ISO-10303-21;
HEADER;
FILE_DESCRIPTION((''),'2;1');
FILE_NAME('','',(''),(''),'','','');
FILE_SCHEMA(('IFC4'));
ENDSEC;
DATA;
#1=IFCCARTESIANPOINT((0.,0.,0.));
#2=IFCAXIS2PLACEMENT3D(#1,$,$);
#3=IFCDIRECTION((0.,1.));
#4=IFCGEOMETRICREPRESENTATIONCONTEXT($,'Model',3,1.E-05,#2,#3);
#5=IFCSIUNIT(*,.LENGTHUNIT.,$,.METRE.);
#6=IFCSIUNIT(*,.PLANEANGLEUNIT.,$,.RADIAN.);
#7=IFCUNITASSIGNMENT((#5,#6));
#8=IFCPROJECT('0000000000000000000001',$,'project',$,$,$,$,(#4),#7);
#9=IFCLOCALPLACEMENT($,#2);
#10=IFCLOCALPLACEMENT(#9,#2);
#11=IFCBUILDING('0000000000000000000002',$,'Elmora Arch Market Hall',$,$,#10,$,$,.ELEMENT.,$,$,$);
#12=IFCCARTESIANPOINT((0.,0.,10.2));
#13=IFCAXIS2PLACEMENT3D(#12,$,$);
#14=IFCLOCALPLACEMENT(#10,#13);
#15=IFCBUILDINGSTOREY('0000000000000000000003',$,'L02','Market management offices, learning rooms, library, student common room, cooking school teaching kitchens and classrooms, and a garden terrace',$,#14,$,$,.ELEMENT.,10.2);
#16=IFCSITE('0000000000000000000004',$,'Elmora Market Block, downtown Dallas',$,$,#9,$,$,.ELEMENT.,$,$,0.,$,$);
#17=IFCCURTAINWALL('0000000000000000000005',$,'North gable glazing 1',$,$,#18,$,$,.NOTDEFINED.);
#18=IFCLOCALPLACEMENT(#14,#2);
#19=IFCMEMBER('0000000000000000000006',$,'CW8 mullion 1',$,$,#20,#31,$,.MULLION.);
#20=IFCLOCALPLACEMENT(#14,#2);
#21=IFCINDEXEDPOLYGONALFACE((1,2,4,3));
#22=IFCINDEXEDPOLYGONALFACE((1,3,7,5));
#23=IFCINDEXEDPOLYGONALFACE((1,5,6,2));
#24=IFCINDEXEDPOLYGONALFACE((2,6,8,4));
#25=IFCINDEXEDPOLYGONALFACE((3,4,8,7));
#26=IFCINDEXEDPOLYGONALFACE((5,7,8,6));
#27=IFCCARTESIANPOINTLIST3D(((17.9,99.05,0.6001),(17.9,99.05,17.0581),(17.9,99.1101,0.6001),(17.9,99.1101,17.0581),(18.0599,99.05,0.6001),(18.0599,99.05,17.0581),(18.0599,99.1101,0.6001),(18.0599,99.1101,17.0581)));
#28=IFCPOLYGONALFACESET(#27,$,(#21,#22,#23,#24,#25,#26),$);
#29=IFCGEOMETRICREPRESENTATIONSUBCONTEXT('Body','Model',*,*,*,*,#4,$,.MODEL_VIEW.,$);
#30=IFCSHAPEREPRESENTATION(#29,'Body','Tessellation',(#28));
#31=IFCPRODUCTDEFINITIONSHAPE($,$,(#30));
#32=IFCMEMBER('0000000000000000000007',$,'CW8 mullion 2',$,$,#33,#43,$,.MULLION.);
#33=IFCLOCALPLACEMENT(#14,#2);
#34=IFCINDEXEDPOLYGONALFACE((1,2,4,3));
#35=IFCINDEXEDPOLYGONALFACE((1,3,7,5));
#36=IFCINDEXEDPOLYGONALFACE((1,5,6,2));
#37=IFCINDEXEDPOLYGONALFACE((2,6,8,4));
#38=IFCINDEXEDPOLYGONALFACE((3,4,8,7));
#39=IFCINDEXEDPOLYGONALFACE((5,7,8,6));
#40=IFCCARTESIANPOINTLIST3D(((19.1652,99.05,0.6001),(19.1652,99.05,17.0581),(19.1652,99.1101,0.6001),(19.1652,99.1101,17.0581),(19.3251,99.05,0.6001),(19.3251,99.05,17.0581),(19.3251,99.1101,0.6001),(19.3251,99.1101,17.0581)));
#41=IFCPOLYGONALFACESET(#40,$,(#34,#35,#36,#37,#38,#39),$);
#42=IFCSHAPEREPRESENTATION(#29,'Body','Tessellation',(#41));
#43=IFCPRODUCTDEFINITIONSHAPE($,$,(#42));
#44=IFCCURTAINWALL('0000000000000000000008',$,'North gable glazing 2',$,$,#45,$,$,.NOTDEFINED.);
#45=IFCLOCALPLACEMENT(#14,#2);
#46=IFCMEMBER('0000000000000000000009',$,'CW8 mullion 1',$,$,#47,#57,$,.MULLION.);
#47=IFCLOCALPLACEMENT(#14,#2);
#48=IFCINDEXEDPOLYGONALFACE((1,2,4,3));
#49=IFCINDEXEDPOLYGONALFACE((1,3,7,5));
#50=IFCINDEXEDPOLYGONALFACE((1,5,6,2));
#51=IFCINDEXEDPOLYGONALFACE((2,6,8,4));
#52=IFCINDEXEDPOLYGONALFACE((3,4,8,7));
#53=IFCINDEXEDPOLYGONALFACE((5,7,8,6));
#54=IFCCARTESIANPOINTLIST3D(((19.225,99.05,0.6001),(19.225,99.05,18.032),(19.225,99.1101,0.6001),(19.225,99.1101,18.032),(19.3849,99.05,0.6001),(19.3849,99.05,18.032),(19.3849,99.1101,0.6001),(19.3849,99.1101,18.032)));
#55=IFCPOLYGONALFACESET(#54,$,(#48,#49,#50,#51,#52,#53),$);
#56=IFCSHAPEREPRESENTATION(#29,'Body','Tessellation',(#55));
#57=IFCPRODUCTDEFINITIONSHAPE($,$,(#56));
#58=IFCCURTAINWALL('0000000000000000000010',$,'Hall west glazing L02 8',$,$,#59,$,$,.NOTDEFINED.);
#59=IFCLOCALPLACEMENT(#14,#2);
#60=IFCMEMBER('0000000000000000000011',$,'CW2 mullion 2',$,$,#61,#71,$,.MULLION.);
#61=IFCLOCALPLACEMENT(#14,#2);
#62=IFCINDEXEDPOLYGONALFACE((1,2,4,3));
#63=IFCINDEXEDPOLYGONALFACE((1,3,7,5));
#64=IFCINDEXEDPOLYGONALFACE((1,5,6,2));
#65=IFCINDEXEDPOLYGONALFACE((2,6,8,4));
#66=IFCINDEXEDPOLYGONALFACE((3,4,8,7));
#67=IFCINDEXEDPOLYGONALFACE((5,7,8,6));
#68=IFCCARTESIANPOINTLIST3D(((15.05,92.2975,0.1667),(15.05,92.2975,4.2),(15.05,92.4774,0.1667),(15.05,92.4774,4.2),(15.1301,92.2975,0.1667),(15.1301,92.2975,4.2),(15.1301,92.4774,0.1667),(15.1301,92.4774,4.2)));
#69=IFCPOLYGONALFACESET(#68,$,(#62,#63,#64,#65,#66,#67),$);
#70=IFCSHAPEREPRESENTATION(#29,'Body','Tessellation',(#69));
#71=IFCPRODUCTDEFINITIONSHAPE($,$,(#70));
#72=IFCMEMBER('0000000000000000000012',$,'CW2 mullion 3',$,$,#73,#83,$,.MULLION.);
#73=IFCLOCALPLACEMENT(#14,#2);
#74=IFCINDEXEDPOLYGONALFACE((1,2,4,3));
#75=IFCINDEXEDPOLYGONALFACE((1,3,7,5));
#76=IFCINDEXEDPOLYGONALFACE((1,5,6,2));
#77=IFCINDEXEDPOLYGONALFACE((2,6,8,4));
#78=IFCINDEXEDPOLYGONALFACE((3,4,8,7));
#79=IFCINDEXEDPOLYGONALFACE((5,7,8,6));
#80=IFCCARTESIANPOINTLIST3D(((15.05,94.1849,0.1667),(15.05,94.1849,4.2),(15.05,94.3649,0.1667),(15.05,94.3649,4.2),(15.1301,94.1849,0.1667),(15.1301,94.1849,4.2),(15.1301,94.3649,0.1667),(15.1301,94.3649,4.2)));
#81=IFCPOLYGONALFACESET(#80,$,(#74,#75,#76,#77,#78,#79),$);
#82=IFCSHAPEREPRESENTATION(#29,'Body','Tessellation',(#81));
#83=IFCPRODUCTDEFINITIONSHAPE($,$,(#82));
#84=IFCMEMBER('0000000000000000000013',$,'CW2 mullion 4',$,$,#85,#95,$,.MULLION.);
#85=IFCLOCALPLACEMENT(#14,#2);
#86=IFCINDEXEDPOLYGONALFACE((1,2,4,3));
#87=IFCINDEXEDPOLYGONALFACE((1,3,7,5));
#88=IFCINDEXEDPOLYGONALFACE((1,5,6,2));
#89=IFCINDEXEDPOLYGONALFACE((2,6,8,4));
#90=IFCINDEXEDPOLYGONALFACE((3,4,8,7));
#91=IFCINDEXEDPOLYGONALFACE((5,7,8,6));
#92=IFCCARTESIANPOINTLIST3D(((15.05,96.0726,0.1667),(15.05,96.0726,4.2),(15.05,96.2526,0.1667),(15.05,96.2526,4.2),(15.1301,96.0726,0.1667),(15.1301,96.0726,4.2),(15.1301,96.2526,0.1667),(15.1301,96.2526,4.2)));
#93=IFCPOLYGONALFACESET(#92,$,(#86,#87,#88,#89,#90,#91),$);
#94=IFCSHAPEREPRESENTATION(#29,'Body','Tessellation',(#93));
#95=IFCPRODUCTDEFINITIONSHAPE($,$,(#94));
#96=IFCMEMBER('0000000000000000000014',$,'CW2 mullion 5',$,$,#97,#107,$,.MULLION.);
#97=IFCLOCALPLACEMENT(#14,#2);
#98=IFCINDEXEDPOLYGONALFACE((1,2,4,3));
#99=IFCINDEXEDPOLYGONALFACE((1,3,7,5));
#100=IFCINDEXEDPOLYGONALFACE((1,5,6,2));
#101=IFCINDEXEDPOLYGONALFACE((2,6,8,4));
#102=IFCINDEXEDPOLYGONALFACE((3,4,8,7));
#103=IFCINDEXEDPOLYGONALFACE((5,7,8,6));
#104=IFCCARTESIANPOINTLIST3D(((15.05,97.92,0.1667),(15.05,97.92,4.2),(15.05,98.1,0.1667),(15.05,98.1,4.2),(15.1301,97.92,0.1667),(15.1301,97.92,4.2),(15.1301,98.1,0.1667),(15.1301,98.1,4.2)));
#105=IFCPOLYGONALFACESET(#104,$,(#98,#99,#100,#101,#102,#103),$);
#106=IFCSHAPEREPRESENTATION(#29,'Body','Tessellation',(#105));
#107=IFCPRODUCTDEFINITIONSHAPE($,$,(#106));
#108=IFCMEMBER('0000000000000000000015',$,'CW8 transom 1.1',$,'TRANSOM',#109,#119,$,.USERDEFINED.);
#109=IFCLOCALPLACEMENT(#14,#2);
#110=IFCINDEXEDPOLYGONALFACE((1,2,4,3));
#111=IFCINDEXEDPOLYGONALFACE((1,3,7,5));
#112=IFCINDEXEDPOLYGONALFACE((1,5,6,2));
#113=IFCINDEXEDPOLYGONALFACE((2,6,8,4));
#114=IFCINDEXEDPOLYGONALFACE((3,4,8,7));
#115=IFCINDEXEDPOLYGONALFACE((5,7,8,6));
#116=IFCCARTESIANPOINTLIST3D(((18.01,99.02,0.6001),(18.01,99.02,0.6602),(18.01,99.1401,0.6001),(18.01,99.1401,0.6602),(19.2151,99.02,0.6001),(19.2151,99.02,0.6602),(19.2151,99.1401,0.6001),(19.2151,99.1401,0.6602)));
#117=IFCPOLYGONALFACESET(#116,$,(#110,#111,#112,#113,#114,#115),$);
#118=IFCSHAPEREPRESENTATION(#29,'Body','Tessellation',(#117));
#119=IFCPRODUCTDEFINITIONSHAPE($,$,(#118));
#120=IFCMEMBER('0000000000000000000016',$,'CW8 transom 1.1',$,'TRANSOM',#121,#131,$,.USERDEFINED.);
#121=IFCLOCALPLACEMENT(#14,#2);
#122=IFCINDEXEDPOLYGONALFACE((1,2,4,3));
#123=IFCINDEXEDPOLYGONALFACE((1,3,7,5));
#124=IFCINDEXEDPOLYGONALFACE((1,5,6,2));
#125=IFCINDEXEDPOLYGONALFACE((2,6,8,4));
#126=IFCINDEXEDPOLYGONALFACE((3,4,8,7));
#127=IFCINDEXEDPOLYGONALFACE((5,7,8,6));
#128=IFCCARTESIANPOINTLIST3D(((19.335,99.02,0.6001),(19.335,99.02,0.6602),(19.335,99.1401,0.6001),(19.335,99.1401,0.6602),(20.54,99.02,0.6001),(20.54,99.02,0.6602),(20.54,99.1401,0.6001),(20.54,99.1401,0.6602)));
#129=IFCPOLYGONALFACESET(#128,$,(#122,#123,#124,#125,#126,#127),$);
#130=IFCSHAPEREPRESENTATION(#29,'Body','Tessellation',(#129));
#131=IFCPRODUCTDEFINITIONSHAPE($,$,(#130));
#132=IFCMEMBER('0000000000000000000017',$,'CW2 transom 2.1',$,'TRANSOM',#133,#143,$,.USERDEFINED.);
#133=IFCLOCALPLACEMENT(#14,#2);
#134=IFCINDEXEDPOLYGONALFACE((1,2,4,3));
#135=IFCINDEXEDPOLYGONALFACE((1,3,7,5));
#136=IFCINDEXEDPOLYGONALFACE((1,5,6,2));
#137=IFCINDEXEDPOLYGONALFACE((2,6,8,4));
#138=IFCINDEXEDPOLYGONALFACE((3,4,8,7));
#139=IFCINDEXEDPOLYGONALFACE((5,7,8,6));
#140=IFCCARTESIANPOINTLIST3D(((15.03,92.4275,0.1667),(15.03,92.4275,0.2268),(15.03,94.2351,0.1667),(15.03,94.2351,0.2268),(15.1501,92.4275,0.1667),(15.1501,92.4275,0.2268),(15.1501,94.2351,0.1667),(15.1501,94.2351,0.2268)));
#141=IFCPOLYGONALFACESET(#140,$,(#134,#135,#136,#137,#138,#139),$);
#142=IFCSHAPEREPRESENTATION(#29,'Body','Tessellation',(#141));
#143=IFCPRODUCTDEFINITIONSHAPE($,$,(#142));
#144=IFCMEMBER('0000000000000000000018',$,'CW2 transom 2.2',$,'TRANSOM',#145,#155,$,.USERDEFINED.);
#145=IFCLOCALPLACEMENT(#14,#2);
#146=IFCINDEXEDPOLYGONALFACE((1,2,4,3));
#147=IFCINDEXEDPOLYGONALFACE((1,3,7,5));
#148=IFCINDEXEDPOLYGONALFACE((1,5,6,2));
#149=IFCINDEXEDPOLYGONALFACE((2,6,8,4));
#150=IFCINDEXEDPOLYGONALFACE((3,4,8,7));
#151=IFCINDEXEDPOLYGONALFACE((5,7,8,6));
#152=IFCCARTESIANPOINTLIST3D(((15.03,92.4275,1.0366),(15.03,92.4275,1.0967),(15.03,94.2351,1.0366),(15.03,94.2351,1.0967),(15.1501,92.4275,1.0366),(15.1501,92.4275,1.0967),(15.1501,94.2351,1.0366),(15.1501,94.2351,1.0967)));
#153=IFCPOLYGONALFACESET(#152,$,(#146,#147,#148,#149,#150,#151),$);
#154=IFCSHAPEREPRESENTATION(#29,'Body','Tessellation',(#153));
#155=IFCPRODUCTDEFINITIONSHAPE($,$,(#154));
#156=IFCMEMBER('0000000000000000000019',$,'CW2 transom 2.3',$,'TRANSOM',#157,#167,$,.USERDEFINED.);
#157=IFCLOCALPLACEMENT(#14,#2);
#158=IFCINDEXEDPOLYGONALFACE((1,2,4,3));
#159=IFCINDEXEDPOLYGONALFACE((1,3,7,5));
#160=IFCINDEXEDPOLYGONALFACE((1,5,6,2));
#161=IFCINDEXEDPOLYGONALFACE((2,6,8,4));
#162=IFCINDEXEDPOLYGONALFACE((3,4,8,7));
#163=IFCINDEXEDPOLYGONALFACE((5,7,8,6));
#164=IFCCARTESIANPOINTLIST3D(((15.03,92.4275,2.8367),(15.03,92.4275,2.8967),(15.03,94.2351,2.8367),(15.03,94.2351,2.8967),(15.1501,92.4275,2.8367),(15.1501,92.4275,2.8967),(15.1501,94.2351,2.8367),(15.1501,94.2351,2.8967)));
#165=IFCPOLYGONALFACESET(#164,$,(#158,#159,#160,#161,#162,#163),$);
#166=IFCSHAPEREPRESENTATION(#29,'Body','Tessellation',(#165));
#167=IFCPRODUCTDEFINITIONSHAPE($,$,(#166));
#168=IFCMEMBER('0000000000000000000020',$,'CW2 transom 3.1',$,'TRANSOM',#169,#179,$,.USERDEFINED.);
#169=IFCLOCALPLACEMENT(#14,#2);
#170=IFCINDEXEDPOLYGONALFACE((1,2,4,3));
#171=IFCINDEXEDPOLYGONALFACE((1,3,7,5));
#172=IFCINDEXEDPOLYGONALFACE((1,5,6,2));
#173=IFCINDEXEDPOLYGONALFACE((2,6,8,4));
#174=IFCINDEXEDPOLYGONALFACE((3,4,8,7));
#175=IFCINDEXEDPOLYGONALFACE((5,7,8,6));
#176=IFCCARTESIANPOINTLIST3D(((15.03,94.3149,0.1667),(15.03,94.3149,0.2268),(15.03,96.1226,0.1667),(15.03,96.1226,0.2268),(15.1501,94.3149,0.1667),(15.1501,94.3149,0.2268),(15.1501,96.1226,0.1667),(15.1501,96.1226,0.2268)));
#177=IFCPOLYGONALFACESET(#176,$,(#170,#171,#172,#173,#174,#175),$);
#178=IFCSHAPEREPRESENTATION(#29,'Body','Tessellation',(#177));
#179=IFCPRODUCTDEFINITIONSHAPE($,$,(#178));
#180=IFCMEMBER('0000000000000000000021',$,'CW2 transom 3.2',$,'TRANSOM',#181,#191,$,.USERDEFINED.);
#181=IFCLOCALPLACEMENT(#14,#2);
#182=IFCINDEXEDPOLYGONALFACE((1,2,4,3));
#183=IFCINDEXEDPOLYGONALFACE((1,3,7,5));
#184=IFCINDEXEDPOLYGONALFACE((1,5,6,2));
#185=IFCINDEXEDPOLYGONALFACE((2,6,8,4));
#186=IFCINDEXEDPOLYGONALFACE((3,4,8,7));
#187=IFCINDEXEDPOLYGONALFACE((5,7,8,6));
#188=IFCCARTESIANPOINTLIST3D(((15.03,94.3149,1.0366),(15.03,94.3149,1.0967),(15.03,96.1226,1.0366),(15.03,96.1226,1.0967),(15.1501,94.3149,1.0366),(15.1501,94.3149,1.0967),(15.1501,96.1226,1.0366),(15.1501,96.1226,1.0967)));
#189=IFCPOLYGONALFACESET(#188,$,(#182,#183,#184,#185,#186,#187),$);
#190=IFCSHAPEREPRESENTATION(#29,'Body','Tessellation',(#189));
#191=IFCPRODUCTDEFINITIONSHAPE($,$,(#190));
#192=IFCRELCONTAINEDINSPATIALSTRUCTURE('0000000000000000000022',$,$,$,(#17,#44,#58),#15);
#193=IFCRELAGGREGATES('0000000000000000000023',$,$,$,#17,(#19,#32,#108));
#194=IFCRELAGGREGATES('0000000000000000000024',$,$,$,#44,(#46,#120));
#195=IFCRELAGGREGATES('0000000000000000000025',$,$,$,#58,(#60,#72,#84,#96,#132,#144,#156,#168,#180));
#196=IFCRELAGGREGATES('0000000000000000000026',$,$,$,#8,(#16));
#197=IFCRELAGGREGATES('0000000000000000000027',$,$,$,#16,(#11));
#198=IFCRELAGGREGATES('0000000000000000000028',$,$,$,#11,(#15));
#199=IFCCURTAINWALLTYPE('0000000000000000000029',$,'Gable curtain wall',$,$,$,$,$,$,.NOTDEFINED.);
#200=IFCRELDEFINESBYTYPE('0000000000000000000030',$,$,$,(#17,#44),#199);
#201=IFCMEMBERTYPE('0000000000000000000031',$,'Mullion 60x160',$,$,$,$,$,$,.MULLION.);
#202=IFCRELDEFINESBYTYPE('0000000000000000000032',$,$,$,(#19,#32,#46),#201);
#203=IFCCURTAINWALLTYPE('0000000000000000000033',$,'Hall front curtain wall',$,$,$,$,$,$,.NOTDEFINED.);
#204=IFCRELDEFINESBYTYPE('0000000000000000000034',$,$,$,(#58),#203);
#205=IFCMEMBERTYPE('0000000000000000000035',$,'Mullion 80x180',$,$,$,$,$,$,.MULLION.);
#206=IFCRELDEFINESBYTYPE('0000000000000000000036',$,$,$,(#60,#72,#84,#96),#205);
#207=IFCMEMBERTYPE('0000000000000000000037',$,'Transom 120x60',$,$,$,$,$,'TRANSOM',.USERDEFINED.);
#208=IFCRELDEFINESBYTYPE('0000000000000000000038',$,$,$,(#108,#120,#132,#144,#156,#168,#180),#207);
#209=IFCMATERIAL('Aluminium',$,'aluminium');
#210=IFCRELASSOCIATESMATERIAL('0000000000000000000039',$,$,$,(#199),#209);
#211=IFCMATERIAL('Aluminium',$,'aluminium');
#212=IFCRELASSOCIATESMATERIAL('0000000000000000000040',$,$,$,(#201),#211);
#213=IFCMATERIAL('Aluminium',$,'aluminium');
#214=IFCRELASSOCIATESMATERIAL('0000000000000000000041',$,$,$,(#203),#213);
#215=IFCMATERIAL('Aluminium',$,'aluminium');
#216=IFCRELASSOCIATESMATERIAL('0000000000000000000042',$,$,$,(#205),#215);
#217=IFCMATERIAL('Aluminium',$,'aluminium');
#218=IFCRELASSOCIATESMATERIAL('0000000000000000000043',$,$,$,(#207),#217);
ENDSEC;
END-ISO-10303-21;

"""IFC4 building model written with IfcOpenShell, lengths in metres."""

from ifc_helpers import new_model, si_unit, direction, frame, origin, origin_2d, place, context, subcontext, project, spatial, rectangle, extrude, material, material_profile, profile_set, type_object, element, aggregate, save


model = new_model("IFC4")

# Units and contexts
model_context = context("Model", 3, precision=1e-05, world=origin(), true_north=direction((0.0, 1.0)))
body_context = subcontext(model_context, "Body", "Model", "MODEL_VIEW")
ifc_project = project(units=[si_unit("LENGTHUNIT", "METRE"), si_unit("PLANEANGLEUNIT", "RADIAN")], contexts=[model_context])

# Site, building, storey
site_placement = place(None, origin())
site = spatial("IfcSite", under=ifc_project, at=site_placement, Name="Elmora Market Block, downtown Dallas", CompositionType="ELEMENT", RefElevation=0.0)
building_placement = place(site_placement, origin())
building = spatial("IfcBuilding", under=site, at=building_placement, Name="Elmora Arch Market Hall", CompositionType="ELEMENT")
storey_placement = place(building_placement, frame((0.0, 0.0, 10.2)))
storey = spatial("IfcBuildingStorey", under=building, at=storey_placement, Name="L02", Description="Market management offices, learning rooms, library, student common room, cooking school teaching kitchens and classrooms, and a garden terrace", CompositionType="ELEMENT", Elevation=10.2)

# Curtain wall, members
ifc_material_1 = material(Name="Aluminium", Category="aluminium")
curtain_wall_type_1 = type_object("IfcCurtainWallType", Name="Gable curtain wall", PredefinedType="NOTDEFINED", material=ifc_material_1)
curtain_wall_1_placement = place(storey_placement, origin())
curtain_wall_1 = element("IfcCurtainWall", 1, at=curtain_wall_1_placement, inside=storey, type_object=curtain_wall_type_1, Name="North gable glazing 1", PredefinedType="NOTDEFINED")
ifc_material_2 = material(Name="Aluminium", Category="aluminium")
ifc_material_profile_1 = material_profile(ifc_material_2, rectangle(XDim=0.0601, YDim=0.1599, at=origin_2d()), Name="AL 60x160")
ifc_profile_set_1 = profile_set([ifc_material_profile_1], Name="Aluminium")
member_type_1 = type_object("IfcMemberType", Name="Mullion 60x160", PredefinedType="MULLION", material=ifc_profile_set_1)
member_1_placement = place(storey_placement, frame((17.98, 99.0801, 0.6001), z_axis=(0.0, 0.0, 1.0), x_axis=(0.0, 1.0, 0.0)))
member_1 = element("IfcMember", 2, at=member_1_placement, type_object=member_type_1, Name="CW8 mullion 1", PredefinedType="MULLION", context=body_context, shape_type="SweptSolid", body=[
    extrude(rectangle(XDim=0.0601, YDim=0.1599, at=origin_2d()), origin(), (0.0, 0.0, 1.0), 16.458),
])
member_2_placement = place(storey_placement, frame((19.2451, 99.0801, 0.6001), z_axis=(0.0, 0.0, 1.0), x_axis=(0.0, 1.0, 0.0)))
member_2 = element("IfcMember", 3, at=member_2_placement, type_object=member_type_1, Name="CW8 mullion 2", PredefinedType="MULLION", context=body_context, shape_type="SweptSolid", body=[
    extrude(rectangle(XDim=0.0601, YDim=0.1599, at=origin_2d()), origin(), (0.0, 0.0, 1.0), 16.458),
])

# Curtain wall, member
curtain_wall_2_placement = place(storey_placement, origin())
curtain_wall_2 = element("IfcCurtainWall", 4, at=curtain_wall_2_placement, inside=storey, type_object=curtain_wall_type_1, Name="North gable glazing 2", PredefinedType="NOTDEFINED")
member_3_placement = place(storey_placement, frame((19.3049, 99.0801, 0.6001), z_axis=(0.0, 0.0, 1.0), x_axis=(0.0, 1.0, 0.0)))
member_3 = element("IfcMember", 5, at=member_3_placement, type_object=member_type_1, Name="CW8 mullion 1", PredefinedType="MULLION", context=body_context, shape_type="SweptSolid", body=[
    extrude(rectangle(XDim=0.0601, YDim=0.1599, at=origin_2d()), origin(), (0.0, 0.0, 1.0), 17.4319),
])

# Curtain wall, members
ifc_material_3 = material(Name="Aluminium", Category="aluminium")
curtain_wall_type_2 = type_object("IfcCurtainWallType", Name="Hall front curtain wall", PredefinedType="NOTDEFINED", material=ifc_material_3)
curtain_wall_3_placement = place(storey_placement, origin())
curtain_wall_3 = element("IfcCurtainWall", 6, at=curtain_wall_3_placement, inside=storey, type_object=curtain_wall_type_2, Name="Hall west glazing L02 8", PredefinedType="NOTDEFINED")
ifc_material_4 = material(Name="Aluminium", Category="aluminium")
ifc_material_profile_2 = material_profile(ifc_material_4, rectangle(XDim=0.0801, YDim=0.1799, at=origin_2d()), Name="AL 80x180")
ifc_profile_set_2 = profile_set([ifc_material_profile_2], Name="Aluminium")
member_type_2 = type_object("IfcMemberType", Name="Mullion 80x180", PredefinedType="MULLION", material=ifc_profile_set_2)
member_4_placement = place(storey_placement, frame((15.0901, 92.3875, 0.1667), z_axis=(0.0, 0.0, 1.0), x_axis=(-1.0, 0.0, 0.0)))
member_4 = element("IfcMember", 7, at=member_4_placement, type_object=member_type_2, Name="CW2 mullion 2", PredefinedType="MULLION", context=body_context, shape_type="SweptSolid", body=[
    extrude(rectangle(XDim=0.0801, YDim=0.1799, at=origin_2d()), origin(), (0.0, 0.0, 1.0), 4.0332),
])
member_5_placement = place(storey_placement, frame((15.0901, 94.2749, 0.1667), z_axis=(0.0, 0.0, 1.0), x_axis=(-1.0, 0.0, 0.0)))
member_5 = element("IfcMember", 8, at=member_5_placement, type_object=member_type_2, Name="CW2 mullion 3", PredefinedType="MULLION", context=body_context, shape_type="SweptSolid", body=[
    extrude(rectangle(XDim=0.0801, YDim=0.1799, at=origin_2d()), origin(), (0.0, 0.0, 1.0), 4.0332),
])
member_6_placement = place(storey_placement, frame((15.0901, 96.1626, 0.1667), z_axis=(0.0, 0.0, 1.0), x_axis=(-1.0, 0.0, 0.0)))
member_6 = element("IfcMember", 9, at=member_6_placement, type_object=member_type_2, Name="CW2 mullion 4", PredefinedType="MULLION", context=body_context, shape_type="SweptSolid", body=[
    extrude(rectangle(XDim=0.0801, YDim=0.1799, at=origin_2d()), origin(), (0.0, 0.0, 1.0), 4.0332),
])
member_7_placement = place(storey_placement, frame((15.0901, 98.01, 0.1667), z_axis=(0.0, 0.0, 1.0), x_axis=(-1.0, 0.0, 0.0)))
member_7 = element("IfcMember", 10, at=member_7_placement, type_object=member_type_2, Name="CW2 mullion 5", PredefinedType="MULLION", context=body_context, shape_type="SweptSolid", body=[
    extrude(rectangle(XDim=0.0801, YDim=0.1799, at=origin_2d()), origin(), (0.0, 0.0, 1.0), 4.0332),
])

# Members
ifc_material_5 = material(Name="Aluminium", Category="aluminium")
ifc_material_profile_3 = material_profile(ifc_material_5, rectangle(XDim=0.1201, YDim=0.0601, at=origin_2d()), Name="AL 120x60")
ifc_profile_set_3 = profile_set([ifc_material_profile_3], Name="Aluminium")
member_type_3 = type_object("IfcMemberType", Name="Transom 120x60", ElementType="TRANSOM", PredefinedType="USERDEFINED", material=ifc_profile_set_3)
member_8_placement = place(storey_placement, frame((18.01, 99.0801, 0.6301), z_axis=(1.0, 0.0, 0.0), x_axis=(0.0, 1.0, 0.0)))
member_8 = element("IfcMember", 11, at=member_8_placement, type_object=member_type_3, Name="CW8 transom 1.1", ObjectType="TRANSOM", PredefinedType="USERDEFINED", context=body_context, shape_type="SweptSolid", body=[
    extrude(rectangle(XDim=0.1201, YDim=0.0601, at=origin_2d()), origin(), (0.0, 0.0, 1.0), 1.2051),
])
member_9_placement = place(storey_placement, frame((19.335, 99.0801, 0.6301), z_axis=(1.0, 0.0, 0.0), x_axis=(0.0, 1.0, 0.0)))
member_9 = element("IfcMember", 12, at=member_9_placement, type_object=member_type_3, Name="CW8 transom 1.1", ObjectType="TRANSOM", PredefinedType="USERDEFINED", context=body_context, shape_type="SweptSolid", body=[
    extrude(rectangle(XDim=0.1201, YDim=0.0601, at=origin_2d()), origin(), (0.0, 0.0, 1.0), 1.2051),
])
member_10_placement = place(storey_placement, frame((15.0901, 92.4275, 0.1968), z_axis=(0.0, 1.0, 0.0), x_axis=(-1.0, 0.0, 0.0)))
member_10 = element("IfcMember", 13, at=member_10_placement, type_object=member_type_3, Name="CW2 transom 2.1", ObjectType="TRANSOM", PredefinedType="USERDEFINED", context=body_context, shape_type="SweptSolid", body=[
    extrude(rectangle(XDim=0.1201, YDim=0.0601, at=origin_2d()), origin(), (0.0, 0.0, 1.0), 1.8076),
])
member_11_placement = place(storey_placement, frame((15.0901, 92.4275, 1.0667), z_axis=(0.0, 1.0, 0.0), x_axis=(-1.0, 0.0, 0.0)))
member_11 = element("IfcMember", 14, at=member_11_placement, type_object=member_type_3, Name="CW2 transom 2.2", ObjectType="TRANSOM", PredefinedType="USERDEFINED", context=body_context, shape_type="SweptSolid", body=[
    extrude(rectangle(XDim=0.1201, YDim=0.0601, at=origin_2d()), origin(), (0.0, 0.0, 1.0), 1.8076),
])
member_12_placement = place(storey_placement, frame((15.0901, 92.4275, 2.8667), z_axis=(0.0, 1.0, 0.0), x_axis=(-1.0, 0.0, 0.0)))
member_12 = element("IfcMember", 15, at=member_12_placement, type_object=member_type_3, Name="CW2 transom 2.3", ObjectType="TRANSOM", PredefinedType="USERDEFINED", context=body_context, shape_type="SweptSolid", body=[
    extrude(rectangle(XDim=0.1201, YDim=0.0601, at=origin_2d()), origin(), (0.0, 0.0, 1.0), 1.8076),
])
member_13_placement = place(storey_placement, frame((15.0901, 94.3149, 0.1968), z_axis=(0.0, 1.0, 0.0), x_axis=(-1.0, 0.0, 0.0)))
member_13 = element("IfcMember", 16, at=member_13_placement, type_object=member_type_3, Name="CW2 transom 3.1", ObjectType="TRANSOM", PredefinedType="USERDEFINED", context=body_context, shape_type="SweptSolid", body=[
    extrude(rectangle(XDim=0.1201, YDim=0.0601, at=origin_2d()), origin(), (0.0, 0.0, 1.0), 1.8076),
])
member_14_placement = place(storey_placement, frame((15.0901, 94.3149, 1.0667), z_axis=(0.0, 1.0, 0.0), x_axis=(-1.0, 0.0, 0.0)))
member_14 = element("IfcMember", 17, at=member_14_placement, type_object=member_type_3, Name="CW2 transom 3.2", ObjectType="TRANSOM", PredefinedType="USERDEFINED", context=body_context, shape_type="SweptSolid", body=[
    extrude(rectangle(XDim=0.1201, YDim=0.0601, at=origin_2d()), origin(), (0.0, 0.0, 1.0), 1.8076),
])

aggregate(curtain_wall_1, [member_1, member_2, member_8])
aggregate(curtain_wall_2, [member_3, member_9])
aggregate(curtain_wall_3, [member_4, member_5, member_6, member_7, member_10, member_11, member_12, member_13, member_14])

save(model, "model.ifc")
